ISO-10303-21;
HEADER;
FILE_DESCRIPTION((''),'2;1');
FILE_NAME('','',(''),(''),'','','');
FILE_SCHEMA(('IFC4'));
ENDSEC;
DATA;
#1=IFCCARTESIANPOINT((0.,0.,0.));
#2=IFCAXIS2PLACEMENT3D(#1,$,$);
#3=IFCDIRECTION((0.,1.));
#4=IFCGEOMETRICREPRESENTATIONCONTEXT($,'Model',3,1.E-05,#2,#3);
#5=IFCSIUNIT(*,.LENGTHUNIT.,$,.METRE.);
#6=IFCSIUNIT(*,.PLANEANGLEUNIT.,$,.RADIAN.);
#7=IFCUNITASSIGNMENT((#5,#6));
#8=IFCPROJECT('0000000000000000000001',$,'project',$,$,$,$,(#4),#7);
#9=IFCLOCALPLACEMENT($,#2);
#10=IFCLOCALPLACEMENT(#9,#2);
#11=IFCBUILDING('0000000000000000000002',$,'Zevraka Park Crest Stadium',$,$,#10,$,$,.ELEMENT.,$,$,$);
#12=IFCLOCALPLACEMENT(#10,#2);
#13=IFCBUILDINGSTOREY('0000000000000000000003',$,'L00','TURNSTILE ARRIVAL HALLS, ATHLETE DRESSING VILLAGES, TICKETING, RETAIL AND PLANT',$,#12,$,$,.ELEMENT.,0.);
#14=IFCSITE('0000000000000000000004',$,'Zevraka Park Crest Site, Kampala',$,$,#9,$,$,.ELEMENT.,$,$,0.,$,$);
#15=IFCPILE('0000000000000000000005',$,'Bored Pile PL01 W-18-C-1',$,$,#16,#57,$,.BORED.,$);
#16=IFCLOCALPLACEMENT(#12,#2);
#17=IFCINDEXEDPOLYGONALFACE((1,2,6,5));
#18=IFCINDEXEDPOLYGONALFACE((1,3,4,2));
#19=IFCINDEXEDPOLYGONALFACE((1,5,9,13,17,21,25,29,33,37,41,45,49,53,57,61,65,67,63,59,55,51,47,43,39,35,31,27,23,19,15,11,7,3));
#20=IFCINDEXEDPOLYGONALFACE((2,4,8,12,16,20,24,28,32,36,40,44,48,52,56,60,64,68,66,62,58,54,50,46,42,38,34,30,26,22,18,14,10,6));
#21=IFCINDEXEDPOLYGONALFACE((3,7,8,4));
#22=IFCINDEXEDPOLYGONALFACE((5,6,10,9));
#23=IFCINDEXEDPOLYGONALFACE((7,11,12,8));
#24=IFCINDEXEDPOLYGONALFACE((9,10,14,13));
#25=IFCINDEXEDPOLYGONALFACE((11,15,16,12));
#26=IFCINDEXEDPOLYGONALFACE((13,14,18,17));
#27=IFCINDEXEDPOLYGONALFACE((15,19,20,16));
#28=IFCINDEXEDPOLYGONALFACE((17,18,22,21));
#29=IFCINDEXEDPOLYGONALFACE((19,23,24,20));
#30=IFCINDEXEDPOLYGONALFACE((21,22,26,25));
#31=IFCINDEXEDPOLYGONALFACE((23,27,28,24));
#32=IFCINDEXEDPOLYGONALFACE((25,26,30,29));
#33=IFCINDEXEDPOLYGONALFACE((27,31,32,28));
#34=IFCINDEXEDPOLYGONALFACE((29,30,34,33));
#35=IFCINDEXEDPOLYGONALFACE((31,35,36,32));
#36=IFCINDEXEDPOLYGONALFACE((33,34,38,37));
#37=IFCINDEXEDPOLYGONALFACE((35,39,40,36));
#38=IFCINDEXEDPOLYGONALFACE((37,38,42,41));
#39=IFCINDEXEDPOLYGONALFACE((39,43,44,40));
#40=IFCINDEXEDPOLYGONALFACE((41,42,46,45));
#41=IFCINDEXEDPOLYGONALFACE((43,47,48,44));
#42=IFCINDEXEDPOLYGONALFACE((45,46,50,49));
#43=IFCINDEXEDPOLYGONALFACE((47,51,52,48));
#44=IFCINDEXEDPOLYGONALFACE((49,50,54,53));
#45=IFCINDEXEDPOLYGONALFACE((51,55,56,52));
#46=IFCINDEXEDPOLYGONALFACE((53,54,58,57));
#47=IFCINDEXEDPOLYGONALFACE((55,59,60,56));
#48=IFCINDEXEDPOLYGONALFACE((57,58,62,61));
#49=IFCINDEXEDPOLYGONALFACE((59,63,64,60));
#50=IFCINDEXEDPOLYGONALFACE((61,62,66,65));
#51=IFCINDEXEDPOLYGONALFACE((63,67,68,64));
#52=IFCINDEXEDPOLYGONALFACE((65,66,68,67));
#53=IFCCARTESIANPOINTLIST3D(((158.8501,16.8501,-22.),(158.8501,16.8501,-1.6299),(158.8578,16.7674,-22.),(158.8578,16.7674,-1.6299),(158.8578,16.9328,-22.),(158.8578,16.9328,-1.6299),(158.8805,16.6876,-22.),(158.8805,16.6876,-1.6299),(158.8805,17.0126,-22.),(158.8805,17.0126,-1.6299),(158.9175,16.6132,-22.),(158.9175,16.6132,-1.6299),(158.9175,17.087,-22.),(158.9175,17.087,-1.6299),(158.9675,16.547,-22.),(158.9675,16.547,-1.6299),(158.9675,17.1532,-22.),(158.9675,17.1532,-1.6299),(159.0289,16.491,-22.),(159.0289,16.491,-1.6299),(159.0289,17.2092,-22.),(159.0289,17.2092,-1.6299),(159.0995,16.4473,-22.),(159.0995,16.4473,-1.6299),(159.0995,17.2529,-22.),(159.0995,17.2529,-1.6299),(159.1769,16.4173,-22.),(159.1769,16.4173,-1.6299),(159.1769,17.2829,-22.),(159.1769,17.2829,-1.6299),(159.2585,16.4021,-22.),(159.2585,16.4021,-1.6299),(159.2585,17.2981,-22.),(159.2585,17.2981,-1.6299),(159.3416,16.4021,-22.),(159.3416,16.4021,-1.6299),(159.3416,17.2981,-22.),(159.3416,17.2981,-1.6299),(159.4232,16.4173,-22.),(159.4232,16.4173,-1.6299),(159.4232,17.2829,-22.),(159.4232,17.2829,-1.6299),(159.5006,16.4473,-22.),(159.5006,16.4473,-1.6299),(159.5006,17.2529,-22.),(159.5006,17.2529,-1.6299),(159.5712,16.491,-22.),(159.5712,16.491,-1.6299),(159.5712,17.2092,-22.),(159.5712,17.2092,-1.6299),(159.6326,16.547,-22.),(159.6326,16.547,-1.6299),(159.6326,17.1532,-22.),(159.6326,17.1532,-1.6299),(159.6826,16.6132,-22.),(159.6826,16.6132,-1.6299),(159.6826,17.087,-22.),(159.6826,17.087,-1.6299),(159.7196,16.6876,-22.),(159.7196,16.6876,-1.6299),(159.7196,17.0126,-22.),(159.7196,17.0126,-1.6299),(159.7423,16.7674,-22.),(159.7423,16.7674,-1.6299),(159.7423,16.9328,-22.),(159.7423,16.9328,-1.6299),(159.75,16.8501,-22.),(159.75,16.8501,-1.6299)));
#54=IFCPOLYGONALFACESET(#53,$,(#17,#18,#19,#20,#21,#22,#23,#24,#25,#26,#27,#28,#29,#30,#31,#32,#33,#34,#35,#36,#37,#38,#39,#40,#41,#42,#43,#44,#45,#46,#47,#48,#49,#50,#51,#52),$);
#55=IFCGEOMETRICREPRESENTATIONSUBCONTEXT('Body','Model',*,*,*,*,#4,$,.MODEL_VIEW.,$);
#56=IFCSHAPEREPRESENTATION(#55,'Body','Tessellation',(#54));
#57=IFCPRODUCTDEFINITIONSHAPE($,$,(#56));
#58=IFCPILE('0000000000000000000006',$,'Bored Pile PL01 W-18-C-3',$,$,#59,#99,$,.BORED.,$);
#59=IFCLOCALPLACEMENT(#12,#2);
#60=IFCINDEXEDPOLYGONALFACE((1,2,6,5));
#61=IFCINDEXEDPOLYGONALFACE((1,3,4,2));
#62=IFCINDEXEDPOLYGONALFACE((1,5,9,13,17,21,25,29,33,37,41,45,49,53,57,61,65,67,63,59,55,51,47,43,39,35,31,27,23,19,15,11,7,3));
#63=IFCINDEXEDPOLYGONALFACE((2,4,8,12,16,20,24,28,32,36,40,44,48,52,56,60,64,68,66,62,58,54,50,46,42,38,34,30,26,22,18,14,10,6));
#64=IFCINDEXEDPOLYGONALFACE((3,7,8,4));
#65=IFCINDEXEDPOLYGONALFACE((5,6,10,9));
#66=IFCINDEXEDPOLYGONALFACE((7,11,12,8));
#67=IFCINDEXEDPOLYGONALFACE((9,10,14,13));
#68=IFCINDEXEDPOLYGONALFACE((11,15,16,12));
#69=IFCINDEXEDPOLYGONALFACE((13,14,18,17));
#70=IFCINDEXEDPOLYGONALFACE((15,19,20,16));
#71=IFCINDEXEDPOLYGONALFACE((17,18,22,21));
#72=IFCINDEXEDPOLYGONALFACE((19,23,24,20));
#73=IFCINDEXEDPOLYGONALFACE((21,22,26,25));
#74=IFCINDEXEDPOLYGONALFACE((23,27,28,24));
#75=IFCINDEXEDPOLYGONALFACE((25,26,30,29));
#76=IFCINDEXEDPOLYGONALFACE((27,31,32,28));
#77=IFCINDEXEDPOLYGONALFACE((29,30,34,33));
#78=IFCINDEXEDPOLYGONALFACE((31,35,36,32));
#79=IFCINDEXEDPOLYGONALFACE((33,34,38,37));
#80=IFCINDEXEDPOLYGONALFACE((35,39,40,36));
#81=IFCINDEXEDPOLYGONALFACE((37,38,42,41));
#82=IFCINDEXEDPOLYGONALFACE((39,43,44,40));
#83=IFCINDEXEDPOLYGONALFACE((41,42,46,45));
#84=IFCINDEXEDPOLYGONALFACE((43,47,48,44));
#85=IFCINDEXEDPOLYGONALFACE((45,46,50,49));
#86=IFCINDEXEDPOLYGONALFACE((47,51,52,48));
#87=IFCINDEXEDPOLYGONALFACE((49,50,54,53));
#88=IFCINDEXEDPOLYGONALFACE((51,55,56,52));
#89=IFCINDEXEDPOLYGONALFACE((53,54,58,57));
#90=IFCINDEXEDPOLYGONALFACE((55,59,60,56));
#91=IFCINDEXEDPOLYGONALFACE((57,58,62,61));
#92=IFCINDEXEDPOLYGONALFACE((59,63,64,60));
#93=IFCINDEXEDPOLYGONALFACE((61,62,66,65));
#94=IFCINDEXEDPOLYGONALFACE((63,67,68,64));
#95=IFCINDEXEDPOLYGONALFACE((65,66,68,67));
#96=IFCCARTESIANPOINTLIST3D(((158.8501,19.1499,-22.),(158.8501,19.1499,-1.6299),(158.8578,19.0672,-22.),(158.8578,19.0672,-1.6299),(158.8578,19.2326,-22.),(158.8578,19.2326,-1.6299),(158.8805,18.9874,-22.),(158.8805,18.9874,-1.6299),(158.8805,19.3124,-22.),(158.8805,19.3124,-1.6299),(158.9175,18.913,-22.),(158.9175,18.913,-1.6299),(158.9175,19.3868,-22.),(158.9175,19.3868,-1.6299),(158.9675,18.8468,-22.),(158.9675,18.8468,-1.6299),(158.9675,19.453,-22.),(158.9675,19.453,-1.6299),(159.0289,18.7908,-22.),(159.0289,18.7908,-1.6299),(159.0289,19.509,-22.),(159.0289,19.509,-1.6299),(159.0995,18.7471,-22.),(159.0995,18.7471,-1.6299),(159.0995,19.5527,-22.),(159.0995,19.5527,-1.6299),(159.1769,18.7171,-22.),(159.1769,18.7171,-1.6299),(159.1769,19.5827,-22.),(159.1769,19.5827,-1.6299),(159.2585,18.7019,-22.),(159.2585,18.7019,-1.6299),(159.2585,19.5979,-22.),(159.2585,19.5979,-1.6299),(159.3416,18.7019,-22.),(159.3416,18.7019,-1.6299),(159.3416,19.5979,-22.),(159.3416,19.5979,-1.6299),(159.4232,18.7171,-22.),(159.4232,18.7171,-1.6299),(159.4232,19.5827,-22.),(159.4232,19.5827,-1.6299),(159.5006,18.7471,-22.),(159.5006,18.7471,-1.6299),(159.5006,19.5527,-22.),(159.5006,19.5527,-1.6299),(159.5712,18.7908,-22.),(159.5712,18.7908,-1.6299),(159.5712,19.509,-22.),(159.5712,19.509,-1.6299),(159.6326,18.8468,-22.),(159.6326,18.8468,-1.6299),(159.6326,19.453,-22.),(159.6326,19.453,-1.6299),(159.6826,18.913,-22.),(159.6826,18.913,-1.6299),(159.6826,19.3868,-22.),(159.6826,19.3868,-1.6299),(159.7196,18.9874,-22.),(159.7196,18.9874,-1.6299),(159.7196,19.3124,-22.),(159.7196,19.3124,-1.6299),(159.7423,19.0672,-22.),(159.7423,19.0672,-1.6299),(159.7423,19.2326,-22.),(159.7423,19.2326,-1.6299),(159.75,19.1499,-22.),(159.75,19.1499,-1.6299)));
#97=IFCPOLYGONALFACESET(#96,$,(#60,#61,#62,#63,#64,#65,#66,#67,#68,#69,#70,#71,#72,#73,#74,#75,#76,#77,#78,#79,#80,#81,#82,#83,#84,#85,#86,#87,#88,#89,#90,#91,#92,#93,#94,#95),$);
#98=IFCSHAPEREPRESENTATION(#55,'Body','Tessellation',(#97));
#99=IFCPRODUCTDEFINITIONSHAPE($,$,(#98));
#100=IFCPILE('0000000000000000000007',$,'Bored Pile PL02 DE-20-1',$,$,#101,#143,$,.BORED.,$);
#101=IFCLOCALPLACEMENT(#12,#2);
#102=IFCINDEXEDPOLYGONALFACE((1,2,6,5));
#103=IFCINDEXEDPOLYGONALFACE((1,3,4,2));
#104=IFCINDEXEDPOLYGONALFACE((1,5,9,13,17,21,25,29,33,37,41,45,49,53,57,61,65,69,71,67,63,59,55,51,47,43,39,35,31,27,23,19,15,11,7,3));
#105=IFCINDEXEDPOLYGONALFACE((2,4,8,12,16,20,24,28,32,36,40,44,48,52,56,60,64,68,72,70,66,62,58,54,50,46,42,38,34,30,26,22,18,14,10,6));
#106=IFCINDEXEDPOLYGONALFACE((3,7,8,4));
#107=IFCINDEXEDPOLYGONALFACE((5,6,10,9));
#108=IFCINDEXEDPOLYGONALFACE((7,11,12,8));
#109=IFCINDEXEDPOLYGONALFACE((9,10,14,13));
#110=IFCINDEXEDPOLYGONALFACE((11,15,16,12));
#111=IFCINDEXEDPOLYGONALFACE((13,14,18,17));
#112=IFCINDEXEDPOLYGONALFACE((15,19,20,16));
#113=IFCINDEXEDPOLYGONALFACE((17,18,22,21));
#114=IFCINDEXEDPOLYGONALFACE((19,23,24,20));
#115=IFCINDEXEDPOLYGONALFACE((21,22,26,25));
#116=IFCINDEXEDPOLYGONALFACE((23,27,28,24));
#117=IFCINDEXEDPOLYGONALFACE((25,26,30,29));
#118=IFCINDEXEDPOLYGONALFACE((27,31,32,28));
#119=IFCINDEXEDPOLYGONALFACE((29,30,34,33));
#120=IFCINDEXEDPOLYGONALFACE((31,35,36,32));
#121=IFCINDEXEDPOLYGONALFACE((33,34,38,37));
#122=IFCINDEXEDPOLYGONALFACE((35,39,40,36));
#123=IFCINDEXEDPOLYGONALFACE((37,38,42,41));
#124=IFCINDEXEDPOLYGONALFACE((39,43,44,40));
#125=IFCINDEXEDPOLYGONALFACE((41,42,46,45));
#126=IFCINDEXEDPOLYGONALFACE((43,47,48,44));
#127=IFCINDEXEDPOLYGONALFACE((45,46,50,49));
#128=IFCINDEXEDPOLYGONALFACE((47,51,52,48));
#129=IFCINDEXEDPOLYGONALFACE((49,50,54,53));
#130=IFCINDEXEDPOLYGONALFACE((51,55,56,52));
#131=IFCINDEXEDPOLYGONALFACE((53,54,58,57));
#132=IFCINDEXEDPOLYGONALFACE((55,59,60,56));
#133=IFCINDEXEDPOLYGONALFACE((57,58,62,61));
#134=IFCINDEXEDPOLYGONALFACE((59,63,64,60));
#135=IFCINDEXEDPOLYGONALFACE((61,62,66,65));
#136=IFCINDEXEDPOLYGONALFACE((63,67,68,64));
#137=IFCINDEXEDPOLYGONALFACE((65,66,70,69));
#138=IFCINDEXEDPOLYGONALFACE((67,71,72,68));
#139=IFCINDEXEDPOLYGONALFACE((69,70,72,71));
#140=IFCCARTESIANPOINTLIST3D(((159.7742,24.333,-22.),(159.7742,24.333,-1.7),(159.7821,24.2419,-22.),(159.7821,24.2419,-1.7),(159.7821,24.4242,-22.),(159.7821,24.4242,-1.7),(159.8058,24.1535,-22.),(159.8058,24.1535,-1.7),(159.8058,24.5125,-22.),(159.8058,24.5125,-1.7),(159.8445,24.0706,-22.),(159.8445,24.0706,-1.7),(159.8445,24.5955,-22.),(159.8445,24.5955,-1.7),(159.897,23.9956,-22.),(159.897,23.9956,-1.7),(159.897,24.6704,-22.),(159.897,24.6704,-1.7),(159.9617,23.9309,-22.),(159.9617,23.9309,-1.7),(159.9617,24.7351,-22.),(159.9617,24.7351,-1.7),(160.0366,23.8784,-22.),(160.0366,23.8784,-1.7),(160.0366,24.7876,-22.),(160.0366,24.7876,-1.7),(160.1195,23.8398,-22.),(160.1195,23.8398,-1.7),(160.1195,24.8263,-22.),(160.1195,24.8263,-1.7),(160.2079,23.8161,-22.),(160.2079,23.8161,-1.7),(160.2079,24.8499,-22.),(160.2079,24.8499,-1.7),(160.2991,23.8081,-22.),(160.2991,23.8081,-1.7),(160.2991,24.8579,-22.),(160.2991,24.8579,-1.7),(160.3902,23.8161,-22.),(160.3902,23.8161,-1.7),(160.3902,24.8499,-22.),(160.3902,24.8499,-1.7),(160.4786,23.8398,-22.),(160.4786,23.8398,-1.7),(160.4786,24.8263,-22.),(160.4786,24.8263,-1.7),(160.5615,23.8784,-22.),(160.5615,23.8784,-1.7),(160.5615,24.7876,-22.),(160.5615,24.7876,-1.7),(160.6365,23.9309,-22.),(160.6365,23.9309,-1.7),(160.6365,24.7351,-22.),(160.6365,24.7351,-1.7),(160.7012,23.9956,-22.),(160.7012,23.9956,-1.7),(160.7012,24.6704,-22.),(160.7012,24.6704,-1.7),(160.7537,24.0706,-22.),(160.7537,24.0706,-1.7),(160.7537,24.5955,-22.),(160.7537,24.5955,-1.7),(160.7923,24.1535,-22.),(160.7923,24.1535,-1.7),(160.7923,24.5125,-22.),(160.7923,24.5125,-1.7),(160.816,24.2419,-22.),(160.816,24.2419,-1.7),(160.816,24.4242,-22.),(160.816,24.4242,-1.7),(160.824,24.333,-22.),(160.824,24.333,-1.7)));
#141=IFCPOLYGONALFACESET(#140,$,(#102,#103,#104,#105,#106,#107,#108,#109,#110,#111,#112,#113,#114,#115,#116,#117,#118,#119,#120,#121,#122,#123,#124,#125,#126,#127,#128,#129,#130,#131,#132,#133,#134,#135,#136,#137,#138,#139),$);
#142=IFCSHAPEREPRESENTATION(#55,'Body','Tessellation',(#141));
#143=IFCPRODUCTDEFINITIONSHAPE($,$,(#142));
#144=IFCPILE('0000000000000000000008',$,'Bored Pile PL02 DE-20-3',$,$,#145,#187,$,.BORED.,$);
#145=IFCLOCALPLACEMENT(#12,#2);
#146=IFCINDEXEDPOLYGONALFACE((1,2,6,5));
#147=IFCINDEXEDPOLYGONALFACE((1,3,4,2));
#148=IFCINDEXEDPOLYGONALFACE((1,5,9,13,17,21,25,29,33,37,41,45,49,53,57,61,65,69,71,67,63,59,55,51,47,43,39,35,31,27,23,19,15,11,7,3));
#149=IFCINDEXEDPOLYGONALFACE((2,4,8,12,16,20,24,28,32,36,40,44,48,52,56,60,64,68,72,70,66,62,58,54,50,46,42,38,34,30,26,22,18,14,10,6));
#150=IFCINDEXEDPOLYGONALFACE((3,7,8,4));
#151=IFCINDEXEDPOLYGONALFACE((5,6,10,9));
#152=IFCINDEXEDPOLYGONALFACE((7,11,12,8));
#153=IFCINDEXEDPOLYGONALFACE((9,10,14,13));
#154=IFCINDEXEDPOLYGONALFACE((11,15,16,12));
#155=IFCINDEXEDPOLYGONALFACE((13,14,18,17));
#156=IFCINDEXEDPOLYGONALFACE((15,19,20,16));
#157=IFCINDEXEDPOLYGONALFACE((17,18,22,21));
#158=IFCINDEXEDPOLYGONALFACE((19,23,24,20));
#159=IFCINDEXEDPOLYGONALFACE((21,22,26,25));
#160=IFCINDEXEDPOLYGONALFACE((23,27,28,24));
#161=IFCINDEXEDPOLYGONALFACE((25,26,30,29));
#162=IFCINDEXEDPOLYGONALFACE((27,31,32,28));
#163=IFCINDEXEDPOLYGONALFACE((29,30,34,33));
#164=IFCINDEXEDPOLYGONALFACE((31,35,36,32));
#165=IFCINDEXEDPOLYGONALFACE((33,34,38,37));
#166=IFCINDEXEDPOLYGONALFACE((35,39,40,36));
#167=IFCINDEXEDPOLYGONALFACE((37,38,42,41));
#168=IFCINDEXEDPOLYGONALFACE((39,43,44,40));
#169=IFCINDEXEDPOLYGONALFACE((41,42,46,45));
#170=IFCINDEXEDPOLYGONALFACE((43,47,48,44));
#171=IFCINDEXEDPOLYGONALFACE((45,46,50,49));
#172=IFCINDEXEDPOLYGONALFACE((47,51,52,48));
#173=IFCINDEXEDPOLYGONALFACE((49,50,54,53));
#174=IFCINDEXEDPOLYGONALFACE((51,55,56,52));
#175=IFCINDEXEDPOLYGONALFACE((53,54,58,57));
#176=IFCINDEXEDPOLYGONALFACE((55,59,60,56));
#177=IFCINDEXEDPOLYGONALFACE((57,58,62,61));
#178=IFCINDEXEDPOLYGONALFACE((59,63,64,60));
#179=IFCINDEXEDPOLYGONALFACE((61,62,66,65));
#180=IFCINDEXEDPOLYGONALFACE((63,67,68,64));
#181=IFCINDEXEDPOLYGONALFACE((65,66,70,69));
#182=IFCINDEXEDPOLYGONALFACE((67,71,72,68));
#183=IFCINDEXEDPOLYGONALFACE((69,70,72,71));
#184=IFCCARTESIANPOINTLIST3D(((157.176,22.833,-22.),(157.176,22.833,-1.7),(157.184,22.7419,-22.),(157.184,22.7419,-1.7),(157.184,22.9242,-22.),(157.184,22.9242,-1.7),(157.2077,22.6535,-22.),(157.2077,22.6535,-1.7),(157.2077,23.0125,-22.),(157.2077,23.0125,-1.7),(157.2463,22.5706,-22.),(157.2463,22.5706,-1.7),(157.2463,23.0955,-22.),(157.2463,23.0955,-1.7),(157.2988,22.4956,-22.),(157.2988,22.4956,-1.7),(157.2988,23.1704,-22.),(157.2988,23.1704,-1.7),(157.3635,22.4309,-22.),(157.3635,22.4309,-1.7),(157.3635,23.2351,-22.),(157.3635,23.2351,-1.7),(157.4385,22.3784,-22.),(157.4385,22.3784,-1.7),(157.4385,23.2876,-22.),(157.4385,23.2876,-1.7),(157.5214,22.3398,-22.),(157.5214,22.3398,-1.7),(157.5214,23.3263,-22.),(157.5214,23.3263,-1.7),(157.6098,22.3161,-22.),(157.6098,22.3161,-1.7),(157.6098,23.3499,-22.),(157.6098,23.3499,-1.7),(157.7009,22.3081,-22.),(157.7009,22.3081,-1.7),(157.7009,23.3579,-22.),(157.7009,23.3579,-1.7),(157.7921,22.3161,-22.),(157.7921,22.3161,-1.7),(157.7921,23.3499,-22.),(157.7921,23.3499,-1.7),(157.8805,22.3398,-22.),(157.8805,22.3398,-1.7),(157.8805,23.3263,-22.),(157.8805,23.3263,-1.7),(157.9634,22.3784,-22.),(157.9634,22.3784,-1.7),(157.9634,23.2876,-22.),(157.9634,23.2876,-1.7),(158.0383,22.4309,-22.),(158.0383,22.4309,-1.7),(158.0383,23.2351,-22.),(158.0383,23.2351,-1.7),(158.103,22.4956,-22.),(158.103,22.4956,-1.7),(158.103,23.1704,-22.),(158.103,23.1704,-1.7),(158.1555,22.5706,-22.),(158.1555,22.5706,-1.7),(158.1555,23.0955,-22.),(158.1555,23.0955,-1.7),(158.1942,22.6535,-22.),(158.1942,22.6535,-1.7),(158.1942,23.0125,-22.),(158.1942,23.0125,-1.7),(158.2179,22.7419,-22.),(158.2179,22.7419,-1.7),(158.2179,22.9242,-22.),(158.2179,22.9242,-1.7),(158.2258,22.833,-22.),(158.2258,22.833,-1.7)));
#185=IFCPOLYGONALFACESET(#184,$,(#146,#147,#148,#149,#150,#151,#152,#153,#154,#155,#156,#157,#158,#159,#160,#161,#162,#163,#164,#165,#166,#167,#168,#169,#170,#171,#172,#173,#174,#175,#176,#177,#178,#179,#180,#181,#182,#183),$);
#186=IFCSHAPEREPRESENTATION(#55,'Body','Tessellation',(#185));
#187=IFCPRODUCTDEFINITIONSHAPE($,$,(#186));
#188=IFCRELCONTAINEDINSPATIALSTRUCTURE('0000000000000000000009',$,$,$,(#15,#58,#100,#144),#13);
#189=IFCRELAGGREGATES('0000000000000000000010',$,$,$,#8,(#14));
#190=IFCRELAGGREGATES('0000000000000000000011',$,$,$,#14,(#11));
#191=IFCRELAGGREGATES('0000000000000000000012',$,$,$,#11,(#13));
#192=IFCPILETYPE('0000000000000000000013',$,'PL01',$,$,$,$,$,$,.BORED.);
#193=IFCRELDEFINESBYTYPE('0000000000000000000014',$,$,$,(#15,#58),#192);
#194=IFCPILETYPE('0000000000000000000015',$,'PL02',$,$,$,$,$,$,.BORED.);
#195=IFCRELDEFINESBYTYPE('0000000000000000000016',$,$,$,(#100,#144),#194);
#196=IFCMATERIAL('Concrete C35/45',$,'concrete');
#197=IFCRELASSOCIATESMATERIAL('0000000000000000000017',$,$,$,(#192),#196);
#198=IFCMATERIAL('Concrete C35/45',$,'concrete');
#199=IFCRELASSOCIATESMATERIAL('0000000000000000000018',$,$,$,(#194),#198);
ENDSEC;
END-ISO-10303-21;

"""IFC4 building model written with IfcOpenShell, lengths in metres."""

from ifc_helpers import new_model, si_unit, direction, frame, origin, origin_2d, place, context, subcontext, project, spatial, circle, extrude, material, material_profile, profile_set, type_object, element, save


model = new_model("IFC4")

# Units and contexts
model_context = context("Model", 3, precision=1e-05, world=origin(), true_north=direction((0.0, 1.0)))
body_context = subcontext(model_context, "Body", "Model", "MODEL_VIEW")
ifc_project = project(units=[si_unit("LENGTHUNIT", "METRE"), si_unit("PLANEANGLEUNIT", "RADIAN")], contexts=[model_context])

# Site, building, storey
site_placement = place(None, origin())
site = spatial("IfcSite", under=ifc_project, at=site_placement, Name="Zevraka Park Crest Site, Kampala", CompositionType="ELEMENT", RefElevation=0.0)
building_placement = place(site_placement, origin())
building = spatial("IfcBuilding", under=site, at=building_placement, Name="Zevraka Park Crest Stadium", CompositionType="ELEMENT")
storey_placement = place(building_placement, origin())
storey = spatial("IfcBuildingStorey", under=building, at=storey_placement, Name="L00", Description="TURNSTILE ARRIVAL HALLS, ATHLETE DRESSING VILLAGES, TICKETING, RETAIL AND PLANT", CompositionType="ELEMENT", Elevation=0.0)

# Piles
ifc_material_1 = material(Name="Concrete C35/45", Category="concrete")
ifc_material_profile_1 = material_profile(ifc_material_1, circle(Radius=0.45, at=origin_2d()), Name="PILE D900")
ifc_profile_set_1 = profile_set([ifc_material_profile_1], Name="Concrete C35/45")
pile_type_1 = type_object("IfcPileType", Name="PL01", PredefinedType="BORED", material=ifc_profile_set_1)
for number, where, z_axis, x_axis, name in (
    (1, (159.3, 16.8501, -1.6299), (0.0, 0.0, -1.0), (1.0, 0.0, 0.0), "Bored Pile PL01 W-18-C-1"),
    (2, (159.3, 19.1499, -1.6299), (0.0, 0.0, -1.0), (1.0, 0.0, 0.0), "Bored Pile PL01 W-18-C-3"),
):
    element("IfcPile", number, at=place(storey_placement, frame(where, z_axis=z_axis, x_axis=x_axis)), inside=storey, type_object=pile_type_1, Name=name, PredefinedType="BORED", context=body_context, shape_type="SweptSolid", body=[
        extrude(circle(Radius=0.45, at=origin_2d()), origin(), (0.0, 0.0, 1.0), 20.3701),
    ])
ifc_material_2 = material(Name="Concrete C35/45", Category="concrete")
ifc_material_profile_2 = material_profile(ifc_material_2, circle(Radius=0.5249, at=origin_2d()), Name="PILE D1050")
ifc_profile_set_2 = profile_set([ifc_material_profile_2], Name="Concrete C35/45")
pile_type_2 = type_object("IfcPileType", Name="PL02", PredefinedType="BORED", material=ifc_profile_set_2)
for number, where, z_axis, x_axis, name in (
    (3, (160.2991, 24.333, -1.7), (0.0, 0.0, -1.0), (1.0, 0.0, 0.0), "Bored Pile PL02 DE-20-1"),
    (4, (157.7009, 22.833, -1.7), (0.0, 0.0, -1.0), (1.0, 0.0, 0.0), "Bored Pile PL02 DE-20-3"),
):
    element("IfcPile", number, at=place(storey_placement, frame(where, z_axis=z_axis, x_axis=x_axis)), inside=storey, type_object=pile_type_2, Name=name, PredefinedType="BORED", context=body_context, shape_type="SweptSolid", body=[
        extrude(circle(Radius=0.5249, at=origin_2d()), origin(), (0.0, 0.0, 1.0), 20.3),
    ])

save(model, "model.ifc")
